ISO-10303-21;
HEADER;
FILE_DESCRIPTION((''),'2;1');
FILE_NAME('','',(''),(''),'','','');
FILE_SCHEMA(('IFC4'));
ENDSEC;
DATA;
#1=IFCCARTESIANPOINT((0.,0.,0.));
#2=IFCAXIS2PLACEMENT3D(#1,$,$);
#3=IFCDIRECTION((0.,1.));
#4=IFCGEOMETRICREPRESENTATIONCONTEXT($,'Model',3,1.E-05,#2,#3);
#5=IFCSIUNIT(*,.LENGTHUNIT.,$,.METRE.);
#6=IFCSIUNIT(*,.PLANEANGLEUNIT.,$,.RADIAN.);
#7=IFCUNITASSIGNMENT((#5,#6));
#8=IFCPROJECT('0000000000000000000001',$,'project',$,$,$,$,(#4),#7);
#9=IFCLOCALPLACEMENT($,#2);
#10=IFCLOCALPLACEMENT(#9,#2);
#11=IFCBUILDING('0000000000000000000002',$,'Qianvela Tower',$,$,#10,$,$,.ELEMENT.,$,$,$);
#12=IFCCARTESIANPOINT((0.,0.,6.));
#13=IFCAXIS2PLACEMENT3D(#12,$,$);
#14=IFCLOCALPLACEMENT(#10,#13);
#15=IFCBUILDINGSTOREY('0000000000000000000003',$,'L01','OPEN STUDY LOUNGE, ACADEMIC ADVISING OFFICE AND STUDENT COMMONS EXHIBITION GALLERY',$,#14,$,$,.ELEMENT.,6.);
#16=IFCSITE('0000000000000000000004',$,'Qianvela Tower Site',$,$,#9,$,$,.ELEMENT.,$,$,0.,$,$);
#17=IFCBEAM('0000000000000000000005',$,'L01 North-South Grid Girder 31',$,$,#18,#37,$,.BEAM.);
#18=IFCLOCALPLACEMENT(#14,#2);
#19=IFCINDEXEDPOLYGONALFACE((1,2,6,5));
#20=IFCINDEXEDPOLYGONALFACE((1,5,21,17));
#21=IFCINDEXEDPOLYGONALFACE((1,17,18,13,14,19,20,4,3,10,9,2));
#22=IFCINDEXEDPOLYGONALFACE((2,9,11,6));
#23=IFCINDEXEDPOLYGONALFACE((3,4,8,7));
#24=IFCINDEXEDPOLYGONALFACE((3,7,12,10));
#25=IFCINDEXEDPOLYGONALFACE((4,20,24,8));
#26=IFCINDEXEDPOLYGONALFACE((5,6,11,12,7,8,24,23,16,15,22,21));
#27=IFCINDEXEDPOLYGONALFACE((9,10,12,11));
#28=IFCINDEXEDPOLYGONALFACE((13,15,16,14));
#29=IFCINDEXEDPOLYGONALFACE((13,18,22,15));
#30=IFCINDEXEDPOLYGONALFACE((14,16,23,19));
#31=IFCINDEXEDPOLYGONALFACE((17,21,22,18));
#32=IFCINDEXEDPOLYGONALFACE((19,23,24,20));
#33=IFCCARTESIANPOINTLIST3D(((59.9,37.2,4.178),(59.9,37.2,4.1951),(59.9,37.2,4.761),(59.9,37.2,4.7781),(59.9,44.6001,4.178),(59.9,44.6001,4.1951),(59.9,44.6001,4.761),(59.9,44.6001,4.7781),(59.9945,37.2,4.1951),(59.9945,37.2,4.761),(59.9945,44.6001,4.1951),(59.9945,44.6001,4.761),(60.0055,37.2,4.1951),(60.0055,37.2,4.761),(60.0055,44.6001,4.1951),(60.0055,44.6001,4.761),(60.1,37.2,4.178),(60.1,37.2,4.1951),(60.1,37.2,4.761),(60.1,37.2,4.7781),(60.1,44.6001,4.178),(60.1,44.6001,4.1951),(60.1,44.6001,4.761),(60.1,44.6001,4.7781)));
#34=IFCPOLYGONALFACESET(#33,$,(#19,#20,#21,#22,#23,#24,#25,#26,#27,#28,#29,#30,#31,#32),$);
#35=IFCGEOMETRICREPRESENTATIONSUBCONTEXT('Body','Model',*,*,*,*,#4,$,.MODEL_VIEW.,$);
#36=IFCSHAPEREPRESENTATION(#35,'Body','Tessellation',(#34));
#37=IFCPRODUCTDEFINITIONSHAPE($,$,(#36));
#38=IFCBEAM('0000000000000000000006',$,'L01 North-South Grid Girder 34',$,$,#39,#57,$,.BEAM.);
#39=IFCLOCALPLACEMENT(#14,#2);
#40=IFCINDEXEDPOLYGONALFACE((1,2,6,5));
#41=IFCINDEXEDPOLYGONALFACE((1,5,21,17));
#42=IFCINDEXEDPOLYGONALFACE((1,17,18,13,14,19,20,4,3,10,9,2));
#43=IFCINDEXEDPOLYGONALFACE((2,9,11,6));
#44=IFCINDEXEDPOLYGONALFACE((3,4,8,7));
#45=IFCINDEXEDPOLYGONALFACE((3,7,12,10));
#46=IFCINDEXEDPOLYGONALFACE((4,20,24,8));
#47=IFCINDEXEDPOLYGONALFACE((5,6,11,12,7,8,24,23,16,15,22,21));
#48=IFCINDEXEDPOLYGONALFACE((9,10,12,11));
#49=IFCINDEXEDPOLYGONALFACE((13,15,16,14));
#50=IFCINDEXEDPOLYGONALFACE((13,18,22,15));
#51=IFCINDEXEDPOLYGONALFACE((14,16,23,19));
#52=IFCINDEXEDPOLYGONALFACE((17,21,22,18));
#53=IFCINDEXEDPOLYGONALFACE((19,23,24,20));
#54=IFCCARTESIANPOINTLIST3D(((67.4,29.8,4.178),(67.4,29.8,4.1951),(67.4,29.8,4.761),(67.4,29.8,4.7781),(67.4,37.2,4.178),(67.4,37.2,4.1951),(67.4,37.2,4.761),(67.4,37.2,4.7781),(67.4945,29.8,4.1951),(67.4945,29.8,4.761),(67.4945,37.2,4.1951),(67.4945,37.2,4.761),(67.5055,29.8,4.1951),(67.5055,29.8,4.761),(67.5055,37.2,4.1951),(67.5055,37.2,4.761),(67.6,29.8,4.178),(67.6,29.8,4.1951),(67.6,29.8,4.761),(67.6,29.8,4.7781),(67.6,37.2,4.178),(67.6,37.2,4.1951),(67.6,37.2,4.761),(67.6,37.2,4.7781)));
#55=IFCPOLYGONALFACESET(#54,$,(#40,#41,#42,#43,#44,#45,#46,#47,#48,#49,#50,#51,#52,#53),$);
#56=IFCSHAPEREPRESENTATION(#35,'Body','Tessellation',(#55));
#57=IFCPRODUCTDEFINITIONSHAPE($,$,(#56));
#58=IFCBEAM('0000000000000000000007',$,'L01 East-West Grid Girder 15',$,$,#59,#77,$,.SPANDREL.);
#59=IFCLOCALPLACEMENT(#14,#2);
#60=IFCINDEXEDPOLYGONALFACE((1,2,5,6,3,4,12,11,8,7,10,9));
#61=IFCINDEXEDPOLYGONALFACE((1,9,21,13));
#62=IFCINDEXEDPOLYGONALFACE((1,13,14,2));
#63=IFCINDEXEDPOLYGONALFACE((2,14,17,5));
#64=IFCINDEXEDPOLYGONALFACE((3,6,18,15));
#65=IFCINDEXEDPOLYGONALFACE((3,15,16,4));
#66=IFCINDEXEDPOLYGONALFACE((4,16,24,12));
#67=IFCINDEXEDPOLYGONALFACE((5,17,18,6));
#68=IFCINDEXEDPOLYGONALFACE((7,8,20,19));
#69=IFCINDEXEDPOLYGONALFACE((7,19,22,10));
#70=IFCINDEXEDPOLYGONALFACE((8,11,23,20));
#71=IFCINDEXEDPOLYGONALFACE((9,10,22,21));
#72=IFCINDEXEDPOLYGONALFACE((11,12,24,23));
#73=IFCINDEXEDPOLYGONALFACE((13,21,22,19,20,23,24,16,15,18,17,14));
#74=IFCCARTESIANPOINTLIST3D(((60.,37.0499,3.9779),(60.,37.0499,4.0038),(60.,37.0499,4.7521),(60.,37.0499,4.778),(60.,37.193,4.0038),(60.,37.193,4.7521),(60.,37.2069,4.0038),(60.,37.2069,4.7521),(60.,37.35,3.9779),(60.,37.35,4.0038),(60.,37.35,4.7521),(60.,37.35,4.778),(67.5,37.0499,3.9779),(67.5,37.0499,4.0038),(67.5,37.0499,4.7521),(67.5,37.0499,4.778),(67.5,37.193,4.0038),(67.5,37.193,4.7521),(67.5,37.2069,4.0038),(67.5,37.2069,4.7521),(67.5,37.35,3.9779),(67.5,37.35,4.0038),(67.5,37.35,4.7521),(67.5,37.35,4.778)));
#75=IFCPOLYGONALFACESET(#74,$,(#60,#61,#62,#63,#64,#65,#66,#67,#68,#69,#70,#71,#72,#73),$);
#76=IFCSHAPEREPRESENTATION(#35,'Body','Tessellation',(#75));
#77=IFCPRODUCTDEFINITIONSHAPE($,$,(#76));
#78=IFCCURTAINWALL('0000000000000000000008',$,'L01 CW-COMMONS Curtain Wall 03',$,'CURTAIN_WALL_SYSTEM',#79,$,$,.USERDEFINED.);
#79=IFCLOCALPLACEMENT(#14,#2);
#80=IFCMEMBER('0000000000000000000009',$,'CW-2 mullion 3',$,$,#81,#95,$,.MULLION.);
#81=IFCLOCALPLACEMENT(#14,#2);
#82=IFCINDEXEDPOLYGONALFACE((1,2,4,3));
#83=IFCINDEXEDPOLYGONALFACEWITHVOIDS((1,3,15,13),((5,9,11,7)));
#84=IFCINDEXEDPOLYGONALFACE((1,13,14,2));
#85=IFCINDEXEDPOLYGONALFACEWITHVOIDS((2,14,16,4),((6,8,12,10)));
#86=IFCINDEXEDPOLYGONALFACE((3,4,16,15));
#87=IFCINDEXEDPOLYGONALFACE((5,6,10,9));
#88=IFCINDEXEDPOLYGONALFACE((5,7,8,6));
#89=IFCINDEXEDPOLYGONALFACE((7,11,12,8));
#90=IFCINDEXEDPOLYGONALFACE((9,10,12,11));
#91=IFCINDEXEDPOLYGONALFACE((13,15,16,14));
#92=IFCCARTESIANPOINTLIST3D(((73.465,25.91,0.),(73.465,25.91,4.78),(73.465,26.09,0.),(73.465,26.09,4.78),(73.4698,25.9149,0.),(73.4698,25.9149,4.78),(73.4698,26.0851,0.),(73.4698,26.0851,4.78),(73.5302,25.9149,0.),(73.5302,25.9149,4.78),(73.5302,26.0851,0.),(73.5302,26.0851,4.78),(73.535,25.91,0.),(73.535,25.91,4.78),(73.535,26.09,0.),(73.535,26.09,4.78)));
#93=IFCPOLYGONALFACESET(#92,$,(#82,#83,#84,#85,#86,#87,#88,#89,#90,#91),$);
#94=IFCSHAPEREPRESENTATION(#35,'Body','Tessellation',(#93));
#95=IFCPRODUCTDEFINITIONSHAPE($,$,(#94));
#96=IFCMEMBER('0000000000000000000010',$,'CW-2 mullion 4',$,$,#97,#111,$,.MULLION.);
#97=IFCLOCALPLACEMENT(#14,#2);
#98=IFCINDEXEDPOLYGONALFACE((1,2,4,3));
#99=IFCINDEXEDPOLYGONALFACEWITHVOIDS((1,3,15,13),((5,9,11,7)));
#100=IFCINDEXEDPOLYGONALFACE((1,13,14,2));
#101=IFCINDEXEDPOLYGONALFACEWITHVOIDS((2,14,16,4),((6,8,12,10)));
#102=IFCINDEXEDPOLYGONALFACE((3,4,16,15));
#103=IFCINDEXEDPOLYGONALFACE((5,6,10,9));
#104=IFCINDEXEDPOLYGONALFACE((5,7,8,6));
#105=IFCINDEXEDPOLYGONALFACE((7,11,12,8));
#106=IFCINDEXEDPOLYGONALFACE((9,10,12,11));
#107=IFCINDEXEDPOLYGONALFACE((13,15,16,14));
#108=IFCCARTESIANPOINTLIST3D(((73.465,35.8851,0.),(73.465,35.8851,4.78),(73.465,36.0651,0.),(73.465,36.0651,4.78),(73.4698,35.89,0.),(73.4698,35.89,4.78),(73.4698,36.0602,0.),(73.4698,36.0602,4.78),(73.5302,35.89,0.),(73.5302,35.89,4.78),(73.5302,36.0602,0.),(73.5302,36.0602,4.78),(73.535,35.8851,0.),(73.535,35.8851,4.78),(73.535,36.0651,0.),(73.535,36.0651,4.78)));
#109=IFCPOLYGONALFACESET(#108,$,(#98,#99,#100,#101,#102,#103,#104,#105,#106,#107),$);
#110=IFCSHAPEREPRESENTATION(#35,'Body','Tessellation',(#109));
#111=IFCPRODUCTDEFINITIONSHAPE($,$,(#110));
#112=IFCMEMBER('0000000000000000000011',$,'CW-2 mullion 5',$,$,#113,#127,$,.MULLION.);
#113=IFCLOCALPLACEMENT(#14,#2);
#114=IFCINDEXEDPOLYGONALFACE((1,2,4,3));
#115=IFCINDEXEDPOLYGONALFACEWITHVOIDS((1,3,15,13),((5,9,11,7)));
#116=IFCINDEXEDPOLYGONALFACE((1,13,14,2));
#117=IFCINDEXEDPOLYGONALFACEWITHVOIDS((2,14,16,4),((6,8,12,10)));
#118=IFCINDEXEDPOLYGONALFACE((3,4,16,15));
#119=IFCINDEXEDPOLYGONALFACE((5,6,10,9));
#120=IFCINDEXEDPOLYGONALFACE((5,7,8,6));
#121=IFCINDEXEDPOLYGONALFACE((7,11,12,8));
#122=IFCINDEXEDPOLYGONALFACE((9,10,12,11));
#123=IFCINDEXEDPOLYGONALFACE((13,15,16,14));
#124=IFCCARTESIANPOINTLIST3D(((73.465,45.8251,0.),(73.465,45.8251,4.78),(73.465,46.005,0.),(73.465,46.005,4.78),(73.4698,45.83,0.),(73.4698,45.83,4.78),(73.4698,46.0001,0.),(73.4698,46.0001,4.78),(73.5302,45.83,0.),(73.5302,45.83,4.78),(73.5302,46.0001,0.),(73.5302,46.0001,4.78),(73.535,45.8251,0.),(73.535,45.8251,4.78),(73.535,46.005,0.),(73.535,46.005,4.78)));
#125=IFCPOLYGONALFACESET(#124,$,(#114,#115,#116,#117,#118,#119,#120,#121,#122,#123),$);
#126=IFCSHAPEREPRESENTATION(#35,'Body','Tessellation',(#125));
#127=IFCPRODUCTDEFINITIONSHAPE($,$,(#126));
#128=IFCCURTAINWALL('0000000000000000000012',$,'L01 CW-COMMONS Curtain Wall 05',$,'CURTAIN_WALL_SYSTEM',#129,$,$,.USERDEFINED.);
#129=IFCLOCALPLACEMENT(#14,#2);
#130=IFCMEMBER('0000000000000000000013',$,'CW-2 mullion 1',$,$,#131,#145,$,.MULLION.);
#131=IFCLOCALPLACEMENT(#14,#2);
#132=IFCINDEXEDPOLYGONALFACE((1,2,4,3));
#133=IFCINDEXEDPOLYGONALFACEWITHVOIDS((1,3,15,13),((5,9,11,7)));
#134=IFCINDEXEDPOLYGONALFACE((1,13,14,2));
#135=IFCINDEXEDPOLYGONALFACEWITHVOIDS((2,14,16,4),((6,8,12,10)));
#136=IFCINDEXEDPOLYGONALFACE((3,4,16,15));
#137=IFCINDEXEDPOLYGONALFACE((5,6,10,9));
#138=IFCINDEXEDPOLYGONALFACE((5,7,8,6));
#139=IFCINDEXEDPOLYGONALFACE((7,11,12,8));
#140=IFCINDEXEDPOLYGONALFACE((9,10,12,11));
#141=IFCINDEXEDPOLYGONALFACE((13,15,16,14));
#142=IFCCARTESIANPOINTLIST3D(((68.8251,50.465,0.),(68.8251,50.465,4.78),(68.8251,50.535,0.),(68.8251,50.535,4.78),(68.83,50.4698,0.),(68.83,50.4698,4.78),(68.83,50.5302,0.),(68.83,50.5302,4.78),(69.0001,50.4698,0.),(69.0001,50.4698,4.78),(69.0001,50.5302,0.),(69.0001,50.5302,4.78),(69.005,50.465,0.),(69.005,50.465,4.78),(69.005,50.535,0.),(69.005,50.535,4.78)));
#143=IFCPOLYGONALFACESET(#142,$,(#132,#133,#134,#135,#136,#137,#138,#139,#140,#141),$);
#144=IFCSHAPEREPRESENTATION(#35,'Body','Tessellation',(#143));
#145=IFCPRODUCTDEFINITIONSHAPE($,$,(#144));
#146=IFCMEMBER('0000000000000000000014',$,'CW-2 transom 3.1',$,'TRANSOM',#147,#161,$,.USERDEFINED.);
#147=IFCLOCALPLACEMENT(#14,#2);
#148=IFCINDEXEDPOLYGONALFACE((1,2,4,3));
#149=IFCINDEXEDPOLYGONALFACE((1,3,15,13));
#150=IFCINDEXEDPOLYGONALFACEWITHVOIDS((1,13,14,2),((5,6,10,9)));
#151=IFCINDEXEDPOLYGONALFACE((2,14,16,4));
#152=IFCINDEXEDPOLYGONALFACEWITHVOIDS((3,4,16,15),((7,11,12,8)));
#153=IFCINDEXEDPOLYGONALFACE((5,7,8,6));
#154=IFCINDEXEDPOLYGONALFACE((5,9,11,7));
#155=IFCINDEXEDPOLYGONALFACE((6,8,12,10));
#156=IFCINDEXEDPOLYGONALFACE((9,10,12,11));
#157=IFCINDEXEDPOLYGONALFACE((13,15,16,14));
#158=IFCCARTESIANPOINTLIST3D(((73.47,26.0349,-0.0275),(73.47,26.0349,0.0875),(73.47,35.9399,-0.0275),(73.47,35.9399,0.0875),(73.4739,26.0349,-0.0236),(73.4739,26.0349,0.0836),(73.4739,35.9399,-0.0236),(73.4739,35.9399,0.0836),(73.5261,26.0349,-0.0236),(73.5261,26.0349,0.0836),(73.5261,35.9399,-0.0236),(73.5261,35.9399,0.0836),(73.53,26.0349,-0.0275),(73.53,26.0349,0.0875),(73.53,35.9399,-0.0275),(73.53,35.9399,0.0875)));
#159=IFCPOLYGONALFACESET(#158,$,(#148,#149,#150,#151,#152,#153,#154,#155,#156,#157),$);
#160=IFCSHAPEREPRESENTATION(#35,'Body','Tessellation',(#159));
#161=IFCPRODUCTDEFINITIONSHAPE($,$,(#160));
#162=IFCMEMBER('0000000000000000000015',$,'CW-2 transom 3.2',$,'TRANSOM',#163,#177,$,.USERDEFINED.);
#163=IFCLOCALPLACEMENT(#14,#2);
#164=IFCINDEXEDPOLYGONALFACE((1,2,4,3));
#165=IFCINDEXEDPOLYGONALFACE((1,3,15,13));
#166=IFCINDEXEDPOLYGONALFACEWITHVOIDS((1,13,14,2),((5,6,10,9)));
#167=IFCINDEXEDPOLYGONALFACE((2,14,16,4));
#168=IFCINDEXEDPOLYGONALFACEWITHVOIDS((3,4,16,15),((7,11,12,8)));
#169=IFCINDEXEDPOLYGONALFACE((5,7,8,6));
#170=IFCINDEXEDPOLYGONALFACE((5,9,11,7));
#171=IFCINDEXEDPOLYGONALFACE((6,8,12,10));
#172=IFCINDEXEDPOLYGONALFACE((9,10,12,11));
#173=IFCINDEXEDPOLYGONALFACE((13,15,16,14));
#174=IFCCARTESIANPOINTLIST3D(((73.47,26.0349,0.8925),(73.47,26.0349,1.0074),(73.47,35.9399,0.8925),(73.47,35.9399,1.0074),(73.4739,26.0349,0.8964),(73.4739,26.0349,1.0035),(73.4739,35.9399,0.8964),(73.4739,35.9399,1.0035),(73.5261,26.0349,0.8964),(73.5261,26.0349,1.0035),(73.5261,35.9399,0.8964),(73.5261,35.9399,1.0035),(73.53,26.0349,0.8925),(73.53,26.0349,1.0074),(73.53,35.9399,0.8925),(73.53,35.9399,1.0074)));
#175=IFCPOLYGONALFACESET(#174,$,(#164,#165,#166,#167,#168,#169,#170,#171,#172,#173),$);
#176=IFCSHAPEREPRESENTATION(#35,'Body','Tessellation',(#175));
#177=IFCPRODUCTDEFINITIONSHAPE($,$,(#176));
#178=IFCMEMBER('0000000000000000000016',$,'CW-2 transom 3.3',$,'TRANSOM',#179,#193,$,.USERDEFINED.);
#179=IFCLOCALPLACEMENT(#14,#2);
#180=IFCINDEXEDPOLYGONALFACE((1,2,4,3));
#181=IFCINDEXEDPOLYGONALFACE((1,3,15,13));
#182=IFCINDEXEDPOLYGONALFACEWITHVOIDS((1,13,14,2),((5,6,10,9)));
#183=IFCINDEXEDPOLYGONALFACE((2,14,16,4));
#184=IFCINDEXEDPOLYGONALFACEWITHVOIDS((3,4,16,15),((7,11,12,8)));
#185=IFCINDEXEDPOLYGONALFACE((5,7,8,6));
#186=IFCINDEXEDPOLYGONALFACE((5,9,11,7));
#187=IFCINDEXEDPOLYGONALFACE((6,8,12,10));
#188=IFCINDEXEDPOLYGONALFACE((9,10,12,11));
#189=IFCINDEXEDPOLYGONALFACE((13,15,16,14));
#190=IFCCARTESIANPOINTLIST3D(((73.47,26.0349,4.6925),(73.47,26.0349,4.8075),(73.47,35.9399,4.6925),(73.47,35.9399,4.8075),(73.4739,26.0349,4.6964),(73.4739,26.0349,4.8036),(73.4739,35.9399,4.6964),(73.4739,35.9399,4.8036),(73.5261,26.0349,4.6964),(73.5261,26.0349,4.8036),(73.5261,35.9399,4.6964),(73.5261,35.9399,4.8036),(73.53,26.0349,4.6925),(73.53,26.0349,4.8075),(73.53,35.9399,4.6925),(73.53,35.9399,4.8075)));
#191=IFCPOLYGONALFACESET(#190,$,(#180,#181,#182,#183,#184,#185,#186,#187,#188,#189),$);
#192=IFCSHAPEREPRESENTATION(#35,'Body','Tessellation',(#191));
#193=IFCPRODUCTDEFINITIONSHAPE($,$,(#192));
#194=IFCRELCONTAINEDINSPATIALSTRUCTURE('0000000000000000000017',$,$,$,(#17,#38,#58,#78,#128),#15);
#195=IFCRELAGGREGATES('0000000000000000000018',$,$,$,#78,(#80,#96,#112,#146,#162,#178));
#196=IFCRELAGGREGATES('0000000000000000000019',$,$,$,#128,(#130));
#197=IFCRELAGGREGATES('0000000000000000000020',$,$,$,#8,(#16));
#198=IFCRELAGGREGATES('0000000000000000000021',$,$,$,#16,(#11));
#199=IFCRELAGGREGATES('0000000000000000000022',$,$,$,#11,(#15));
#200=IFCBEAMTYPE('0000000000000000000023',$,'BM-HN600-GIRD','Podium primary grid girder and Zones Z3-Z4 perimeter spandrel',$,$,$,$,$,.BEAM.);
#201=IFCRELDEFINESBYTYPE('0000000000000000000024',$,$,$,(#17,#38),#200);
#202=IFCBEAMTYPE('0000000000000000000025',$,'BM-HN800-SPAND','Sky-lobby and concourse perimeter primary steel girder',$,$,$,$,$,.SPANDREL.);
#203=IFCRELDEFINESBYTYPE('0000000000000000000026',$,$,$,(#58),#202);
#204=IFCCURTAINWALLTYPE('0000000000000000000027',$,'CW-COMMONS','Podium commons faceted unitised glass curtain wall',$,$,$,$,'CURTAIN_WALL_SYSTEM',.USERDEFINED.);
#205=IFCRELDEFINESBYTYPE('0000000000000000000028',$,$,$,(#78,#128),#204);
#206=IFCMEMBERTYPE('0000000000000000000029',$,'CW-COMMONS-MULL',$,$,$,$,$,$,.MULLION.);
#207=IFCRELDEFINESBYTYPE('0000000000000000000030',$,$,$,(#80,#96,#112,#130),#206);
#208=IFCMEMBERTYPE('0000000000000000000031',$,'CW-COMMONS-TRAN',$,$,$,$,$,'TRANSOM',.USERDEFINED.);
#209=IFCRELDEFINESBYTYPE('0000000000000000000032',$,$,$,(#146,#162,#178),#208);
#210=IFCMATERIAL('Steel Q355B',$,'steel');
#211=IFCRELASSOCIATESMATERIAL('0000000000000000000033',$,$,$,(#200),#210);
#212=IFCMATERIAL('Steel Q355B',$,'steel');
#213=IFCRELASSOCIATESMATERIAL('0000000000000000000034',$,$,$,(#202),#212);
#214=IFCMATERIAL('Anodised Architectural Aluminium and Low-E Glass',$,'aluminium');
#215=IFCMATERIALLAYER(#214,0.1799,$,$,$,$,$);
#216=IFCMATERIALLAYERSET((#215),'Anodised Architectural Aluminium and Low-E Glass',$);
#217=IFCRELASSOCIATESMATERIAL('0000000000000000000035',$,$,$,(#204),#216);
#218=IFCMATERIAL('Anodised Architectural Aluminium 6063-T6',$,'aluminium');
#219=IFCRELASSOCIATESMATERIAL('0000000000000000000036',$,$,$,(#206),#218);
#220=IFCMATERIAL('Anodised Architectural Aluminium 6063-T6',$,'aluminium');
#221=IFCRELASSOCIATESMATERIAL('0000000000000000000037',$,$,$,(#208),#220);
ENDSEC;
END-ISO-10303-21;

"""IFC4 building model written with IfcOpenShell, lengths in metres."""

from ifc_helpers import new_model, si_unit, direction, frame, origin, origin_2d, place, context, subcontext, project, spatial, hollow_rectangle, i_section, extrude, material, layer, layer_set, material_profile, profile_set, type_object, element, aggregate, save


model = new_model("IFC4")

# Units and contexts
model_context = context("Model", 3, precision=1e-05, world=origin(), true_north=direction((0.0, 1.0)))
body_context = subcontext(model_context, "Body", "Model", "MODEL_VIEW")
ifc_project = project(units=[si_unit("LENGTHUNIT", "METRE"), si_unit("PLANEANGLEUNIT", "RADIAN")], contexts=[model_context])

# Site, building, storey
site_placement = place(None, origin())
site = spatial("IfcSite", under=ifc_project, at=site_placement, Name="Qianvela Tower Site", CompositionType="ELEMENT", RefElevation=0.0)
building_placement = place(site_placement, origin())
building = spatial("IfcBuilding", under=site, at=building_placement, Name="Qianvela Tower", CompositionType="ELEMENT")
storey_placement = place(building_placement, frame((0.0, 0.0, 6.0)))
storey = spatial("IfcBuildingStorey", under=building, at=storey_placement, Name="L01", Description="OPEN STUDY LOUNGE, ACADEMIC ADVISING OFFICE AND STUDENT COMMONS EXHIBITION GALLERY", CompositionType="ELEMENT", Elevation=6.0)

# Beams
ifc_material_1 = material(Name="Steel Q355B", Category="steel")
ifc_material_profile_1 = material_profile(ifc_material_1, i_section(OverallWidth=0.2, OverallDepth=0.6001, WebThickness=0.011, FlangeThickness=0.0171, at=origin_2d()), Name="HN600x200x11x17")
ifc_profile_set_1 = profile_set([ifc_material_profile_1], Name="Steel Q355B")
beam_type_1 = type_object("IfcBeamType", Name="BM-HN600-GIRD", Description="Podium primary grid girder and Zones Z3-Z4 perimeter spandrel", PredefinedType="BEAM", material=ifc_profile_set_1)
beam_1_placement = place(storey_placement, frame((60.0, 37.2, 4.478), z_axis=(0.0, 1.0, 0.0), x_axis=(-1.0, 0.0, 0.0)))
element("IfcBeam", 1, at=beam_1_placement, inside=storey, type_object=beam_type_1, Name="L01 North-South Grid Girder 31", PredefinedType="BEAM", context=body_context, shape_type="SweptSolid", body=[
    extrude(i_section(OverallWidth=0.2, OverallDepth=0.6001, WebThickness=0.011, FlangeThickness=0.0171, at=origin_2d()), origin(), (0.0, 0.0, 1.0), 7.4001),
])
beam_2_placement = place(storey_placement, frame((67.5, 29.8, 4.478), z_axis=(0.0, 1.0, 0.0), x_axis=(-1.0, 0.0, 0.0)))
element("IfcBeam", 2, at=beam_2_placement, inside=storey, type_object=beam_type_1, Name="L01 North-South Grid Girder 34", PredefinedType="BEAM", context=body_context, shape_type="SweptSolid", body=[
    extrude(i_section(OverallWidth=0.2, OverallDepth=0.6001, WebThickness=0.011, FlangeThickness=0.0171, at=origin_2d()), origin(), (0.0, 0.0, 1.0), 7.3999),
])
ifc_material_2 = material(Name="Steel Q355B", Category="steel")
ifc_material_profile_2 = material_profile(ifc_material_2, i_section(OverallWidth=0.3, OverallDepth=0.8, WebThickness=0.0139, FlangeThickness=0.0259, at=origin_2d()), Name="HN800x300x14x26")
ifc_profile_set_2 = profile_set([ifc_material_profile_2], Name="Steel Q355B")
beam_type_2 = type_object("IfcBeamType", Name="BM-HN800-SPAND", Description="Sky-lobby and concourse perimeter primary steel girder", PredefinedType="SPANDREL", material=ifc_profile_set_2)
beam_3_placement = place(storey_placement, frame((60.0, 37.2, 4.3779), z_axis=(1.0, 0.0, 0.0), x_axis=(0.0, 1.0, 0.0)))
element("IfcBeam", 3, at=beam_3_placement, inside=storey, type_object=beam_type_2, Name="L01 East-West Grid Girder 15", PredefinedType="SPANDREL", context=body_context, shape_type="SweptSolid", body=[
    extrude(i_section(OverallWidth=0.3, OverallDepth=0.8, WebThickness=0.0139, FlangeThickness=0.0259, at=origin_2d()), origin(), (0.0, 0.0, 1.0), 7.5),
])

# Curtain wall, members
ifc_material_3 = material(Name="Anodised Architectural Aluminium and Low-E Glass", Category="aluminium")
ifc_layer_1 = layer(ifc_material_3, 0.1799)
ifc_layer_set_1 = layer_set([ifc_layer_1], Name="Anodised Architectural Aluminium and Low-E Glass")
curtain_wall_type = type_object("IfcCurtainWallType", Name="CW-COMMONS", Description="Podium commons faceted unitised glass curtain wall", ElementType="CURTAIN_WALL_SYSTEM", PredefinedType="USERDEFINED", material=ifc_layer_set_1)
curtain_wall_1_placement = place(storey_placement, origin())
curtain_wall_1 = element("IfcCurtainWall", 4, at=curtain_wall_1_placement, inside=storey, type_object=curtain_wall_type, Name="L01 CW-COMMONS Curtain Wall 03", ObjectType="CURTAIN_WALL_SYSTEM", PredefinedType="USERDEFINED")
ifc_material_4 = material(Name="Anodised Architectural Aluminium 6063-T6", Category="aluminium")
ifc_material_profile_3 = material_profile(ifc_material_4, hollow_rectangle(XDim=0.0701, YDim=0.1799, WallThickness=0.0049, at=origin_2d()), Name="ALU-MULL-70x180")
ifc_profile_set_3 = profile_set([ifc_material_profile_3], Name="Anodised Architectural Aluminium 6063-T6")
member_type_1 = type_object("IfcMemberType", Name="CW-COMMONS-MULL", PredefinedType="MULLION", material=ifc_profile_set_3)
member_1_placement = place(storey_placement, frame((73.5, 26.0, 0.0), z_axis=(0.0, 0.0, 1.0), x_axis=(-1.0, 0.0, 0.0)))
member_1 = element("IfcMember", 5, at=member_1_placement, type_object=member_type_1, Name="CW-2 mullion 3", PredefinedType="MULLION", context=body_context, shape_type="SweptSolid", body=[
    extrude(hollow_rectangle(XDim=0.0701, YDim=0.1799, WallThickness=0.0049, at=origin_2d()), origin(), (0.0, 0.0, 1.0), 4.78),
])
member_2_placement = place(storey_placement, frame((73.5, 35.9751, 0.0), z_axis=(0.0, 0.0, 1.0), x_axis=(-1.0, 0.0, 0.0)))
member_2 = element("IfcMember", 6, at=member_2_placement, type_object=member_type_1, Name="CW-2 mullion 4", PredefinedType="MULLION", context=body_context, shape_type="SweptSolid", body=[
    extrude(hollow_rectangle(XDim=0.0701, YDim=0.1799, WallThickness=0.0049, at=origin_2d()), origin(), (0.0, 0.0, 1.0), 4.78),
])
member_3_placement = place(storey_placement, frame((73.5, 45.915, 0.0), z_axis=(0.0, 0.0, 1.0), x_axis=(-1.0, 0.0, 0.0)))
member_3 = element("IfcMember", 7, at=member_3_placement, type_object=member_type_1, Name="CW-2 mullion 5", PredefinedType="MULLION", context=body_context, shape_type="SweptSolid", body=[
    extrude(hollow_rectangle(XDim=0.0701, YDim=0.1799, WallThickness=0.0049, at=origin_2d()), origin(), (0.0, 0.0, 1.0), 4.78),
])

# Curtain wall, member
curtain_wall_2_placement = place(storey_placement, origin())
curtain_wall_2 = element("IfcCurtainWall", 8, at=curtain_wall_2_placement, inside=storey, type_object=curtain_wall_type, Name="L01 CW-COMMONS Curtain Wall 05", ObjectType="CURTAIN_WALL_SYSTEM", PredefinedType="USERDEFINED")
member_4_placement = place(storey_placement, frame((68.915, 50.5, 0.0), z_axis=(0.0, 0.0, 1.0), x_axis=(0.0, -1.0, 0.0)))
member_4 = element("IfcMember", 9, at=member_4_placement, type_object=member_type_1, Name="CW-2 mullion 1", PredefinedType="MULLION", context=body_context, shape_type="SweptSolid", body=[
    extrude(hollow_rectangle(XDim=0.0701, YDim=0.1799, WallThickness=0.0049, at=origin_2d()), origin(), (0.0, 0.0, 1.0), 4.78),
])

# Members
ifc_material_5 = material(Name="Anodised Architectural Aluminium 6063-T6", Category="aluminium")
ifc_material_profile_4 = material_profile(ifc_material_5, hollow_rectangle(XDim=0.0601, YDim=0.115, WallThickness=0.0039, at=origin_2d()), Name="ALU-TRAN-60x115")
ifc_profile_set_4 = profile_set([ifc_material_profile_4], Name="Anodised Architectural Aluminium 6063-T6")
member_type_2 = type_object("IfcMemberType", Name="CW-COMMONS-TRAN", ElementType="TRANSOM", PredefinedType="USERDEFINED", material=ifc_profile_set_4)
member_5_placement = place(storey_placement, frame((73.5, 26.0349, 0.03), z_axis=(0.0, 1.0, 0.0), x_axis=(-1.0, 0.0, 0.0)))
member_5 = element("IfcMember", 10, at=member_5_placement, type_object=member_type_2, Name="CW-2 transom 3.1", ObjectType="TRANSOM", PredefinedType="USERDEFINED", context=body_context, shape_type="SweptSolid", body=[
    extrude(hollow_rectangle(XDim=0.0601, YDim=0.115, WallThickness=0.0039, at=origin_2d()), origin(), (0.0, 0.0, 1.0), 9.905),
])
member_6_placement = place(storey_placement, frame((73.5, 26.0349, 0.95), z_axis=(0.0, 1.0, 0.0), x_axis=(-1.0, 0.0, 0.0)))
member_6 = element("IfcMember", 11, at=member_6_placement, type_object=member_type_2, Name="CW-2 transom 3.2", ObjectType="TRANSOM", PredefinedType="USERDEFINED", context=body_context, shape_type="SweptSolid", body=[
    extrude(hollow_rectangle(XDim=0.0601, YDim=0.115, WallThickness=0.0039, at=origin_2d()), origin(), (0.0, 0.0, 1.0), 9.905),
])
member_7_placement = place(storey_placement, frame((73.5, 26.0349, 4.75), z_axis=(0.0, 1.0, 0.0), x_axis=(-1.0, 0.0, 0.0)))
member_7 = element("IfcMember", 12, at=member_7_placement, type_object=member_type_2, Name="CW-2 transom 3.3", ObjectType="TRANSOM", PredefinedType="USERDEFINED", context=body_context, shape_type="SweptSolid", body=[
    extrude(hollow_rectangle(XDim=0.0601, YDim=0.115, WallThickness=0.0039, at=origin_2d()), origin(), (0.0, 0.0, 1.0), 9.905),
])

aggregate(curtain_wall_1, [member_1, member_2, member_3, member_5, member_6, member_7])
aggregate(curtain_wall_2, [member_4])

save(model, "model.ifc")
